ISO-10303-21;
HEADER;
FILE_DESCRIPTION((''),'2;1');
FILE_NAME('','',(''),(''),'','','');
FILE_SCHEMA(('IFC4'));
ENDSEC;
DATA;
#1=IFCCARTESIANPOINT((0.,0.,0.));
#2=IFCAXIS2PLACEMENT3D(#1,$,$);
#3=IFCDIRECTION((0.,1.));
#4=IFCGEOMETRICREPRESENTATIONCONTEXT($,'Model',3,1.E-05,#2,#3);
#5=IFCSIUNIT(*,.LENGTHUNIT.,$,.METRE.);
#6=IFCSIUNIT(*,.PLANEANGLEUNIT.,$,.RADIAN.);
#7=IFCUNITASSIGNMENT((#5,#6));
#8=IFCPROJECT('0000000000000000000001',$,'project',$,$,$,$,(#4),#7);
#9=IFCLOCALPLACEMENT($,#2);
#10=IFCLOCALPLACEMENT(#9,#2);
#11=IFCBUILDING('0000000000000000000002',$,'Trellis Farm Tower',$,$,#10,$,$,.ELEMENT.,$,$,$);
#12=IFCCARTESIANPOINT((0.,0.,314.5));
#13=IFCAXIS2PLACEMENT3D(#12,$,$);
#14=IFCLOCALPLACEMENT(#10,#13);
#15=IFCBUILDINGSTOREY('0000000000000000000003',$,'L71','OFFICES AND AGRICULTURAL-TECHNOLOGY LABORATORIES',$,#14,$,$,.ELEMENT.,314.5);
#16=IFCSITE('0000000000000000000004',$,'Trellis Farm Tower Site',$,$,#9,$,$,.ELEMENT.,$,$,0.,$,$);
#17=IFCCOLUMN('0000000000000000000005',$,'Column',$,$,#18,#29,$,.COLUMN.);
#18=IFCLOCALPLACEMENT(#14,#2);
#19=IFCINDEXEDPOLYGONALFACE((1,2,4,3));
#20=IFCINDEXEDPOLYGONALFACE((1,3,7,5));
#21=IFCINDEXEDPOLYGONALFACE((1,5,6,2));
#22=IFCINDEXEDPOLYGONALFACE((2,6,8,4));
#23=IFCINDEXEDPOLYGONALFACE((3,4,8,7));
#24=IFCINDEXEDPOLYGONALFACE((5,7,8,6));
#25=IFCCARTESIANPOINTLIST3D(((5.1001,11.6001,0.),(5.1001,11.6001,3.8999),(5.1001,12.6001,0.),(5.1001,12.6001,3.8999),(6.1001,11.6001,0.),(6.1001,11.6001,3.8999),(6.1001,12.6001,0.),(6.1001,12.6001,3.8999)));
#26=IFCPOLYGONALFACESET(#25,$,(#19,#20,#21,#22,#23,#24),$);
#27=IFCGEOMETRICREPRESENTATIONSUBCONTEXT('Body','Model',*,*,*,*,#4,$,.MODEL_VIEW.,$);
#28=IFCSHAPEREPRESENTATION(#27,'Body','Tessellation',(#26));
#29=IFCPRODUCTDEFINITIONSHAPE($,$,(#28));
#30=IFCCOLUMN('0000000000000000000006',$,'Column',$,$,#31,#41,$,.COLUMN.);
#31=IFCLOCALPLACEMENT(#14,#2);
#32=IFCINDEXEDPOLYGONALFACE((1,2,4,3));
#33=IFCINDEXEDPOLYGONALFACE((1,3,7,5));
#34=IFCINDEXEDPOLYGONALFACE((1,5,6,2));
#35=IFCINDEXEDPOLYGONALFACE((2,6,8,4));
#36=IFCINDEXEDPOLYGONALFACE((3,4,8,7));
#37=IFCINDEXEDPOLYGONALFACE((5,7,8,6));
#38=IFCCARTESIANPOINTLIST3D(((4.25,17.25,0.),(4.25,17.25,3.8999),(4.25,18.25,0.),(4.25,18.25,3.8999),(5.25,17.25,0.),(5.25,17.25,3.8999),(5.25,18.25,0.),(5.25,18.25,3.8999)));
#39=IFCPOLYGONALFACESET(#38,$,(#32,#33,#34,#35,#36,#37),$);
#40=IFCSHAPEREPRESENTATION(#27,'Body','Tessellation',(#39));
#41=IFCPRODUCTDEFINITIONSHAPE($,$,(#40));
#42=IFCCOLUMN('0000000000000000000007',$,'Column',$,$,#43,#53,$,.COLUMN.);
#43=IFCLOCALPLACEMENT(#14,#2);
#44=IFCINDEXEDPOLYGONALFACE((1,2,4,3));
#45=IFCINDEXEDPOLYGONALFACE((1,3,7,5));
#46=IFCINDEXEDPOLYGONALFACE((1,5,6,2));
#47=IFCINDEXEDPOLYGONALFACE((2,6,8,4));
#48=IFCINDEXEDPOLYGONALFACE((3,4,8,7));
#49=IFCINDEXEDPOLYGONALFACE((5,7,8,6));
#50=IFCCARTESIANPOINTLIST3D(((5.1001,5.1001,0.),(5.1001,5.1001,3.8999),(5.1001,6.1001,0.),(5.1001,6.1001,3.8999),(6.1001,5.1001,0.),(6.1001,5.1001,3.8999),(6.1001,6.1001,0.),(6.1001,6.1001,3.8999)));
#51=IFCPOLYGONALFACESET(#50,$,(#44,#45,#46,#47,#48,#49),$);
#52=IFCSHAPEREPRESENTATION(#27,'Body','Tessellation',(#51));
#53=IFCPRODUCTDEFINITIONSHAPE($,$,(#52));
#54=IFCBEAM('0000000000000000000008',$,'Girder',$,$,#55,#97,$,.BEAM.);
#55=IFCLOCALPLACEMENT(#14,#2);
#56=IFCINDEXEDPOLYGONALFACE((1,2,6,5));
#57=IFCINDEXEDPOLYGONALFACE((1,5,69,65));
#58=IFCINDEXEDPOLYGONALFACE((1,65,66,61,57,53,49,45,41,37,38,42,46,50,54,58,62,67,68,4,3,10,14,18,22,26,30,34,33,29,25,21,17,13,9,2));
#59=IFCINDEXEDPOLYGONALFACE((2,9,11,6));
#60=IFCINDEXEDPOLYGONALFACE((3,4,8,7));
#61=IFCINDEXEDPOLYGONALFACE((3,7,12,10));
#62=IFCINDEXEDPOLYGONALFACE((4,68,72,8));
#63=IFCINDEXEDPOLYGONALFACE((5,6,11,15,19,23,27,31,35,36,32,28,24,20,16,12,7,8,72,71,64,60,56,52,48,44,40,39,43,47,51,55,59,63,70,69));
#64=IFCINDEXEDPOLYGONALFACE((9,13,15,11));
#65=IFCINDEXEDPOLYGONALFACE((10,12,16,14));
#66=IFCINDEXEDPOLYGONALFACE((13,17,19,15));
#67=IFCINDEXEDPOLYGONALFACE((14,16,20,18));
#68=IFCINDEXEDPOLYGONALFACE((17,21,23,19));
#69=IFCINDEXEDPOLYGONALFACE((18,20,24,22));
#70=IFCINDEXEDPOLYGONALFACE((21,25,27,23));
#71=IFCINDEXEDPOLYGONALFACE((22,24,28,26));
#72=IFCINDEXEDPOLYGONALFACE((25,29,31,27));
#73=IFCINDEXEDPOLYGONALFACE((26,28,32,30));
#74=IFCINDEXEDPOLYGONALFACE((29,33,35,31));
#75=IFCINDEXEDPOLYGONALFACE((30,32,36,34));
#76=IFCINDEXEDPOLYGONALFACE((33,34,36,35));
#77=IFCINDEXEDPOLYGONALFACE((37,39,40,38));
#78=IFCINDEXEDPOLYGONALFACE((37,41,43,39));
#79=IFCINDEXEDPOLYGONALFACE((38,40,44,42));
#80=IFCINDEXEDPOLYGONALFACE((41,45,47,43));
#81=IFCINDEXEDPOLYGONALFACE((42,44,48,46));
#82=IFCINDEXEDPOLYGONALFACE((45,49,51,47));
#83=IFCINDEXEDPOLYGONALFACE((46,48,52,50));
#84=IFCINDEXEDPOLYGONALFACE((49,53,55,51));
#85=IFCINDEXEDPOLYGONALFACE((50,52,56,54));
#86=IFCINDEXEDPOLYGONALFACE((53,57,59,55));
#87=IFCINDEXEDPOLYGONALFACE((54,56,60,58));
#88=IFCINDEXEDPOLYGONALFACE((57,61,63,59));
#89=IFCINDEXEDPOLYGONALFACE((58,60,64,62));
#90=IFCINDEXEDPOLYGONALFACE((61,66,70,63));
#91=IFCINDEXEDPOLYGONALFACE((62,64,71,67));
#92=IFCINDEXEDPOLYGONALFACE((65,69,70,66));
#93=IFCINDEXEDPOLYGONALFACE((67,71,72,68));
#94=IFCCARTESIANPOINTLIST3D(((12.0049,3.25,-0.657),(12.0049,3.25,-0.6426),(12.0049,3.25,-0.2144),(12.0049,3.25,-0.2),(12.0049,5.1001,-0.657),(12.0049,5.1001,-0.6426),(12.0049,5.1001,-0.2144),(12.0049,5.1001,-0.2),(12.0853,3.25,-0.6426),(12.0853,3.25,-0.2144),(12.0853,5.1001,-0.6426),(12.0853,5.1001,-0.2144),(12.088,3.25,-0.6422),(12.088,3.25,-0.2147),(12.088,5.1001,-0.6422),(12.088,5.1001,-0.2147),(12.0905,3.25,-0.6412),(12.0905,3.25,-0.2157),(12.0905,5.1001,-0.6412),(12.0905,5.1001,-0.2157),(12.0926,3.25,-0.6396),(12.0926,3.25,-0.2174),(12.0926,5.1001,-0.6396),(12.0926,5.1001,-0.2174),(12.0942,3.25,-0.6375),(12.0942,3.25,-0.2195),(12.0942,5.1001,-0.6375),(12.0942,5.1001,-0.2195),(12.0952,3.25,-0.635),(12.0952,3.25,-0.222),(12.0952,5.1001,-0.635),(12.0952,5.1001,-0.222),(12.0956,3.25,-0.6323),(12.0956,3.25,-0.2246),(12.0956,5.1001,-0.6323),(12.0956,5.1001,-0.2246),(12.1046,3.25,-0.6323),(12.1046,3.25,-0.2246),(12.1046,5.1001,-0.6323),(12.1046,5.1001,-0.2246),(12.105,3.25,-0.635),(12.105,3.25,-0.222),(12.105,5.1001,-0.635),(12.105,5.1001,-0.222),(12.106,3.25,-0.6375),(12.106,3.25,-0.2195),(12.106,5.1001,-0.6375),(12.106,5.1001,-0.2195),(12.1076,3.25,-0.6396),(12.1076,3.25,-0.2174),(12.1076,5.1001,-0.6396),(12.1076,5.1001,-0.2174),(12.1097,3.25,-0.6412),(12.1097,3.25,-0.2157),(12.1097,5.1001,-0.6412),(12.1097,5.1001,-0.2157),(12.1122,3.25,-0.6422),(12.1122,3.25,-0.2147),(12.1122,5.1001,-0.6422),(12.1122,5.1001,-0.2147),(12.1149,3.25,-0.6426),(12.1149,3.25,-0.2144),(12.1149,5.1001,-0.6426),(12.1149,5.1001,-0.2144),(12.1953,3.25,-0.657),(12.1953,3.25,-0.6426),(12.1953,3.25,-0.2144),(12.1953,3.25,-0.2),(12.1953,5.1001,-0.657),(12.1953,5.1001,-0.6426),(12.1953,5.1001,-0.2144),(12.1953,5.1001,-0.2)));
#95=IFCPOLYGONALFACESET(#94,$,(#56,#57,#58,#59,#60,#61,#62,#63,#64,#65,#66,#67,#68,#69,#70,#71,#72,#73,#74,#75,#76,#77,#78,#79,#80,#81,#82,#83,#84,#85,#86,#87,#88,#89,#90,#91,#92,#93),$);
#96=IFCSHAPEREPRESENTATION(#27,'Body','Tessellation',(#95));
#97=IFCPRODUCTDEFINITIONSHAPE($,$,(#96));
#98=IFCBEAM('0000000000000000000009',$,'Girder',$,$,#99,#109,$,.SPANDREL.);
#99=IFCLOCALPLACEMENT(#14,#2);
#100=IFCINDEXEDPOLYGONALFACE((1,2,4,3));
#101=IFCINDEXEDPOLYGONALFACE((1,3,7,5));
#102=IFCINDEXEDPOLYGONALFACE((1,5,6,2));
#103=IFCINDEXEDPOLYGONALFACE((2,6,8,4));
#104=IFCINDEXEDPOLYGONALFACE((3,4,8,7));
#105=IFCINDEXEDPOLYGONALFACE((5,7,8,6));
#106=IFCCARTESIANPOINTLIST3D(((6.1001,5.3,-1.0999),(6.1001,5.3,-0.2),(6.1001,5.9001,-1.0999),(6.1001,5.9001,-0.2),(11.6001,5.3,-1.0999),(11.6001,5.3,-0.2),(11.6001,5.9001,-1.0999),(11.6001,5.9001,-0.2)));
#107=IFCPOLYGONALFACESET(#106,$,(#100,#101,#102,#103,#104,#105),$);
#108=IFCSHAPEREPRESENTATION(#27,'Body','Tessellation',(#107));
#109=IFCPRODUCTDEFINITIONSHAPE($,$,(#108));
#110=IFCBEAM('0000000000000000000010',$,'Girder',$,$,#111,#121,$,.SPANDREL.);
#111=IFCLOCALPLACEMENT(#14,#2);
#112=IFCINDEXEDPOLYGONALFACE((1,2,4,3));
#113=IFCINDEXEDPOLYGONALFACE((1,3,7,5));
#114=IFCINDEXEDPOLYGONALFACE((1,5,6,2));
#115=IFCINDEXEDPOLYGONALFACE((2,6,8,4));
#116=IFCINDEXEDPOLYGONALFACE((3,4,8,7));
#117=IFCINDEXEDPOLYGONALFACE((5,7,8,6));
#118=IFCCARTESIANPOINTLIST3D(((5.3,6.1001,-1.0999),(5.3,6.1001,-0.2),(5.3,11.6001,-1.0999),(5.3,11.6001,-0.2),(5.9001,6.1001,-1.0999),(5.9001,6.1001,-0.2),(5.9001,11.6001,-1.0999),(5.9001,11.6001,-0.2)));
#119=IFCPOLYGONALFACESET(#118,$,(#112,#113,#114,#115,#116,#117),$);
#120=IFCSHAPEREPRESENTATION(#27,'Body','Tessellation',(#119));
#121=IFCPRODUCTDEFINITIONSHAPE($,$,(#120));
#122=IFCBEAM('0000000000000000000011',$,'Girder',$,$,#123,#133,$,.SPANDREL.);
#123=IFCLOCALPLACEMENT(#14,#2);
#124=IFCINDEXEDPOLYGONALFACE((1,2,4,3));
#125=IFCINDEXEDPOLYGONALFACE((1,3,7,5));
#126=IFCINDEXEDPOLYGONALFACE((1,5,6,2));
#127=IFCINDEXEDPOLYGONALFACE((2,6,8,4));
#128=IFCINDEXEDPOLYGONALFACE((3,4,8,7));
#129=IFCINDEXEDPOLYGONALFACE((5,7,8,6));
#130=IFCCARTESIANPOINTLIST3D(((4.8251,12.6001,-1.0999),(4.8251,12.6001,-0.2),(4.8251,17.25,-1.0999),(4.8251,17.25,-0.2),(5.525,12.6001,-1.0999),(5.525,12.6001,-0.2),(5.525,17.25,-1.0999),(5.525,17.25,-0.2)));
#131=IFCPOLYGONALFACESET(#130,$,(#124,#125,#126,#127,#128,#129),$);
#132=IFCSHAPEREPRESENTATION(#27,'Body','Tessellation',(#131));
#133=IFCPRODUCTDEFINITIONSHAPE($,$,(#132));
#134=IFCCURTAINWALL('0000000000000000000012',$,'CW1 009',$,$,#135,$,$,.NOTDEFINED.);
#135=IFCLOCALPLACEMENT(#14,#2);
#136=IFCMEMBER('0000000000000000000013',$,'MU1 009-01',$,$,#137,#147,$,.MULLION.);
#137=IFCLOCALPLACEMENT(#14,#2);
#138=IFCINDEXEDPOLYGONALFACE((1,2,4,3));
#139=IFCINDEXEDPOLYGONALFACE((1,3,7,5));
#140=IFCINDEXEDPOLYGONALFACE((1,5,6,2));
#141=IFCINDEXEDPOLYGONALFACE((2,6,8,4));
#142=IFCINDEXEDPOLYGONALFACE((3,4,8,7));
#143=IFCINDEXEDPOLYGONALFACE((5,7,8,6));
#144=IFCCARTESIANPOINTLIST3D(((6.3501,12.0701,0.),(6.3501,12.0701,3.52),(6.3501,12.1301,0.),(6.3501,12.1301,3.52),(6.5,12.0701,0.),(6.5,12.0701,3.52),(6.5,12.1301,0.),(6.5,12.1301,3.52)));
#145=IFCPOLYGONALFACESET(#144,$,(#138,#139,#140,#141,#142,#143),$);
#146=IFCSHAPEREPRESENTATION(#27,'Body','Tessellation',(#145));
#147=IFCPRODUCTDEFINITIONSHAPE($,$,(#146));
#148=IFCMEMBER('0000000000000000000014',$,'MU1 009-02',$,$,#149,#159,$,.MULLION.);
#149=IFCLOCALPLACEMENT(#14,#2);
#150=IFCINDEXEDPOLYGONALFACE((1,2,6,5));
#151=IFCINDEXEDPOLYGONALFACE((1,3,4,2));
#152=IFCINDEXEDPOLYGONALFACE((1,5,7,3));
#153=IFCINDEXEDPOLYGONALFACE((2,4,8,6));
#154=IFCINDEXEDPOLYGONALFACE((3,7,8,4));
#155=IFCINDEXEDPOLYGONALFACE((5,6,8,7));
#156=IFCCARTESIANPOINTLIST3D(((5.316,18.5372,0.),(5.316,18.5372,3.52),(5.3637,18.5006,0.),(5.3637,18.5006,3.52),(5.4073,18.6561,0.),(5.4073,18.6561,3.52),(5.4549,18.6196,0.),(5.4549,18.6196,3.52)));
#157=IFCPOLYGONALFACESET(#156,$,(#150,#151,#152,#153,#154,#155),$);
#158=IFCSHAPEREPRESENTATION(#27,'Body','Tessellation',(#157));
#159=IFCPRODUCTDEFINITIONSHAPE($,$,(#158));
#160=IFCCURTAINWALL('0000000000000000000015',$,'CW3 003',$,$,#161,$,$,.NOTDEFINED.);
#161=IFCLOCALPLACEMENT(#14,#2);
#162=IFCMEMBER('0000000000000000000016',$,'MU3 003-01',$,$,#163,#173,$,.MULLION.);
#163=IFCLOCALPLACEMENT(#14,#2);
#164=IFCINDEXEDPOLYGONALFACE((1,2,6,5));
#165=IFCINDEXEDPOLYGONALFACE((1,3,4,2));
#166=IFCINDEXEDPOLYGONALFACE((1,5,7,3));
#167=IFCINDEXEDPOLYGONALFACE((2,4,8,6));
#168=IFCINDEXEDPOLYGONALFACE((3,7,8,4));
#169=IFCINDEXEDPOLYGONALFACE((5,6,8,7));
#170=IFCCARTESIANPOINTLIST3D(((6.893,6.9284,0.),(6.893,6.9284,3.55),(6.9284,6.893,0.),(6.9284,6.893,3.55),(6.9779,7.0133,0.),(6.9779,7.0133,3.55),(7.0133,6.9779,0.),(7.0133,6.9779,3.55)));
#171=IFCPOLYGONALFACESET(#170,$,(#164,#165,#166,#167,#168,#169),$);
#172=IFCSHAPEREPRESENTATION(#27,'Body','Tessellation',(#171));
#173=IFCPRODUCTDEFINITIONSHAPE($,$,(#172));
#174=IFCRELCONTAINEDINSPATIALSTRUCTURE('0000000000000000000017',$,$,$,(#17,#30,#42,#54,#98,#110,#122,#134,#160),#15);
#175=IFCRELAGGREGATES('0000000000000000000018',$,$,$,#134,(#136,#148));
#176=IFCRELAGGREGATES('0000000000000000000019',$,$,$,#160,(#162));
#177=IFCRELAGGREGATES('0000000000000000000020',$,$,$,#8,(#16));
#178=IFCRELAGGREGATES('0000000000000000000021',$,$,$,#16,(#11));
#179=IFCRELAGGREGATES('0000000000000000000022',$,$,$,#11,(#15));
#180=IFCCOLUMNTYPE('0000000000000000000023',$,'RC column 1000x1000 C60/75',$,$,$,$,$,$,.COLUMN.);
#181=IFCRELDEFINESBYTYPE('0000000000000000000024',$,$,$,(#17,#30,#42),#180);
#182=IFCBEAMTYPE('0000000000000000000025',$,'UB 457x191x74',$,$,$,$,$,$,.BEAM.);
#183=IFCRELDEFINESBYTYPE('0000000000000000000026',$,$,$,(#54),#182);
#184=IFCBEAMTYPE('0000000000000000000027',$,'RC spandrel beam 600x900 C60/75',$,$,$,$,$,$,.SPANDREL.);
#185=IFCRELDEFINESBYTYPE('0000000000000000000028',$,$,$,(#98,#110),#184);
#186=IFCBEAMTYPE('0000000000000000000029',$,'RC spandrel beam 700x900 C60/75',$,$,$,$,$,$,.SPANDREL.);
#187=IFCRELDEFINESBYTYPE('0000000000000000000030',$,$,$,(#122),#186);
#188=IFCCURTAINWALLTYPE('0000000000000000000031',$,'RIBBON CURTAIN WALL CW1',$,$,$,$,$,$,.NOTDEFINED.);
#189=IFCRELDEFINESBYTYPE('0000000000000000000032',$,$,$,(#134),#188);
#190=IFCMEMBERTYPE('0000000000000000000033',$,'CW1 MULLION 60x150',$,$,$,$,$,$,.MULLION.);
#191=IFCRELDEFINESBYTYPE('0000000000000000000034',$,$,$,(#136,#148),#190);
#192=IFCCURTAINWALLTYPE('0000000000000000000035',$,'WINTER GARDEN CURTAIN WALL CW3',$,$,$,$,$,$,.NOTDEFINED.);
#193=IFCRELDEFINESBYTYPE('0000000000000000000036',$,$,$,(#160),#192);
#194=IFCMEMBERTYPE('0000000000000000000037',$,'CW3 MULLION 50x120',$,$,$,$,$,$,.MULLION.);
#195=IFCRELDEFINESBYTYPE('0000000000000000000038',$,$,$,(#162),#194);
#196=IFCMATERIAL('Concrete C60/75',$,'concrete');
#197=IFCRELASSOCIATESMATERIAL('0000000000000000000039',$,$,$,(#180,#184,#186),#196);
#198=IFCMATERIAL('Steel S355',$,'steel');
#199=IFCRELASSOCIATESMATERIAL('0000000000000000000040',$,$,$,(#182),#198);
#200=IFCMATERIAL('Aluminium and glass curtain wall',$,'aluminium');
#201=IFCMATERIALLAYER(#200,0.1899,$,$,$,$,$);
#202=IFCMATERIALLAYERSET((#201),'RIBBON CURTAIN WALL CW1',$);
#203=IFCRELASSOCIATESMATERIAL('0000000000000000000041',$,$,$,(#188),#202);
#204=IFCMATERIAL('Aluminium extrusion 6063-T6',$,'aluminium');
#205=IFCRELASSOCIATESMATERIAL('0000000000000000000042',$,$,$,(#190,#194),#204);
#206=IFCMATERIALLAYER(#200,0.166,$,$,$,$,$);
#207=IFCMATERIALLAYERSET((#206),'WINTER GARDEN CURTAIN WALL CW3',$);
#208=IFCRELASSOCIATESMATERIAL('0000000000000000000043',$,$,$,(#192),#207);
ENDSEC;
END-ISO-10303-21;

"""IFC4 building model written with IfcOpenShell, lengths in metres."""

from ifc_helpers import new_model, si_unit, direction, frame, origin, origin_2d, place, context, subcontext, project, spatial, rectangle, i_section, extrude, source, transform, mapped, material, layer, layer_set, material_profile, profile_set, type_object, element, aggregate, save


model = new_model("IFC4")

# Units and contexts
model_context = context("Model", 3, precision=1e-05, world=origin(), true_north=direction((0.0, 1.0)))
body_context = subcontext(model_context, "Body", "Model", "MODEL_VIEW")
ifc_project = project(units=[si_unit("LENGTHUNIT", "METRE"), si_unit("PLANEANGLEUNIT", "RADIAN")], contexts=[model_context])

# Site, building, storey
site_placement = place(None, origin())
site = spatial("IfcSite", under=ifc_project, at=site_placement, Name="Trellis Farm Tower Site", CompositionType="ELEMENT", RefElevation=0.0)
building_placement = place(site_placement, origin())
building = spatial("IfcBuilding", under=site, at=building_placement, Name="Trellis Farm Tower", CompositionType="ELEMENT")
storey_placement = place(building_placement, frame((0.0, 0.0, 314.5)))
storey = spatial("IfcBuildingStorey", under=building, at=storey_placement, Name="L71", Description="OFFICES AND AGRICULTURAL-TECHNOLOGY LABORATORIES", CompositionType="ELEMENT", Elevation=314.5)

# Columns
ifc_material_1 = material(Name="Concrete C60/75", Category="concrete")
ifc_material_profile_1 = material_profile(ifc_material_1, rectangle(XDim=1.0, YDim=1.0, at=origin_2d()), Name="RC column 1000x1000 C60/75")
ifc_profile_set_1 = profile_set([ifc_material_profile_1], Name="Concrete C60/75")
column_type = type_object("IfcColumnType", Name="RC column 1000x1000 C60/75", PredefinedType="COLUMN", material=ifc_profile_set_1)
shared_shape_1 = source(origin(), body_context, "Body", "SweptSolid", [
    extrude(rectangle(XDim=1.0, YDim=1.0, at=origin_2d()), origin(), (0.0, 0.0, 1.0), 3.8999),
])
for number, where, z_axis, x_axis, name in (
    (1, (5.6001, 12.1001, 0.0), (0.0, 0.0, 1.0), (1.0, 0.0, 0.0), "Column"),
    (2, (4.75, 17.75, 0.0), (0.0, 0.0, 1.0), (1.0, 0.0, 0.0), "Column"),
    (3, (5.6001, 5.6001, 0.0), (0.0, 0.0, 1.0), (1.0, 0.0, 0.0), "Column"),
):
    element("IfcColumn", number, at=place(storey_placement, frame(where, z_axis=z_axis, x_axis=x_axis)), inside=storey, type_object=column_type, Name=name, PredefinedType="COLUMN", context=body_context, shape_type="MappedRepresentation", body=[
        mapped(shared_shape_1, transform((0.0, 0.0, 0.0))),
    ])

# Beams
ifc_material_2 = material(Name="Steel S355", Category="steel")
ifc_material_profile_2 = material_profile(ifc_material_2, i_section(OverallWidth=0.1904, OverallDepth=0.457, WebThickness=0.009, FlangeThickness=0.0144, FilletRadius=0.0103, at=origin_2d()), Name="UB 457x191x74")
ifc_profile_set_2 = profile_set([ifc_material_profile_2], Name="Steel S355")
beam_type_1 = type_object("IfcBeamType", Name="UB 457x191x74", PredefinedType="BEAM", material=ifc_profile_set_2)
shared_shape_2 = source(origin(), body_context, "Body", "SweptSolid", [
    extrude(i_section(OverallWidth=0.1904, OverallDepth=0.457, WebThickness=0.009, FlangeThickness=0.0144, FilletRadius=0.0103, at=origin_2d()), origin(), (0.0, 0.0, 1.0), 1.8501),
])
beam_1_placement = place(storey_placement, frame((12.1001, 3.25, -0.4285), z_axis=(0.0, 1.0, 0.0), x_axis=(-1.0, 0.0, 0.0)))
element("IfcBeam", 4, at=beam_1_placement, inside=storey, type_object=beam_type_1, Name="Girder", PredefinedType="BEAM", context=body_context, shape_type="MappedRepresentation", body=[
    mapped(shared_shape_2, transform((0.0, 0.0, 0.0))),
])
ifc_material_profile_3 = material_profile(ifc_material_1, rectangle(XDim=0.6001, YDim=0.8999, at=origin_2d()), Name="RC spandrel beam 600x900 C60/75")
ifc_profile_set_3 = profile_set([ifc_material_profile_3], Name="Concrete C60/75")
beam_type_2 = type_object("IfcBeamType", Name="RC spandrel beam 600x900 C60/75", PredefinedType="SPANDREL", material=ifc_profile_set_3)
shared_shape_3 = source(origin(), body_context, "Body", "SweptSolid", [
    extrude(rectangle(XDim=0.6001, YDim=0.8999, at=origin_2d()), origin(), (0.0, 0.0, 1.0), 5.5),
])
for number, where, z_axis, x_axis, name in (
    (5, (6.1001, 5.6001, -0.6499), (1.0, 0.0, 0.0), (0.0, 1.0, 0.0), "Girder"),
    (6, (5.6001, 6.1001, -0.6499), (0.0, 1.0, 0.0), (-1.0, 0.0, 0.0), "Girder"),
):
    element("IfcBeam", number, at=place(storey_placement, frame(where, z_axis=z_axis, x_axis=x_axis)), inside=storey, type_object=beam_type_2, Name=name, PredefinedType="SPANDREL", context=body_context, shape_type="MappedRepresentation", body=[
        mapped(shared_shape_3, transform((0.0, 0.0, 0.0))),
    ])
ifc_material_profile_4 = material_profile(ifc_material_1, rectangle(XDim=0.7, YDim=0.8999, at=origin_2d()), Name="RC spandrel beam 700x900 C60/75")
ifc_profile_set_4 = profile_set([ifc_material_profile_4], Name="Concrete C60/75")
beam_type_3 = type_object("IfcBeamType", Name="RC spandrel beam 700x900 C60/75", PredefinedType="SPANDREL", material=ifc_profile_set_4)
shared_shape_4 = source(origin(), body_context, "Body", "SweptSolid", [
    extrude(rectangle(XDim=0.7, YDim=0.8999, at=origin_2d()), origin(), (0.0, 0.0, 1.0), 4.6499),
])
beam_2_placement = place(storey_placement, frame((5.175, 12.6001, -0.6499), z_axis=(0.0, 1.0, 0.0), x_axis=(-1.0, 0.0, 0.0)))
element("IfcBeam", 7, at=beam_2_placement, inside=storey, type_object=beam_type_3, Name="Girder", PredefinedType="SPANDREL", context=body_context, shape_type="MappedRepresentation", body=[
    mapped(shared_shape_4, transform((0.0, 0.0, 0.0))),
])

# Curtain wall, members
ifc_material_3 = material(Name="Aluminium and glass curtain wall", Category="aluminium")
ifc_layer_1 = layer(ifc_material_3, 0.1899)
ifc_layer_set_1 = layer_set([ifc_layer_1], Name="RIBBON CURTAIN WALL CW1")
curtain_wall_type_1 = type_object("IfcCurtainWallType", Name="RIBBON CURTAIN WALL CW1", PredefinedType="NOTDEFINED", material=ifc_layer_set_1)
placement = place(storey_placement, origin())
curtain_wall_1 = element("IfcCurtainWall", 8, at=placement, inside=storey, type_object=curtain_wall_type_1, Name="CW1 009", PredefinedType="NOTDEFINED")
ifc_material_4 = material(Name="Aluminium extrusion 6063-T6", Category="aluminium")
ifc_material_profile_5 = material_profile(ifc_material_4, rectangle(XDim=0.0601, YDim=0.1499, at=origin_2d()), Name="MULLION 60x150")
ifc_profile_set_5 = profile_set([ifc_material_profile_5], Name="Aluminium extrusion 6063-T6")
member_type_1 = type_object("IfcMemberType", Name="CW1 MULLION 60x150", PredefinedType="MULLION", material=ifc_profile_set_5)
shared_shape_5 = source(origin(), body_context, "Body", "SweptSolid", [
    extrude(rectangle(XDim=0.0601, YDim=0.1499, at=origin_2d()), origin(), (0.0, 0.0, 1.0), 3.52),
])
member_1_placement = place(storey_placement, frame((6.425, 12.1001, 0.0), z_axis=(0.0, 0.0, 1.0), x_axis=(0.0, 1.0, 0.0)))
member_1 = element("IfcMember", 9, at=member_1_placement, type_object=member_type_1, Name="MU1 009-01", PredefinedType="MULLION", context=body_context, shape_type="MappedRepresentation", body=[
    mapped(shared_shape_5, transform((0.0, 0.0, 0.0))),
])
member_2_placement = place(storey_placement, frame((5.3855, 18.5784, 0.0), z_axis=(0.0, 0.0, 1.0), x_axis=(-0.793353, 0.608761, 0.0)))
member_2 = element("IfcMember", 10, at=member_2_placement, type_object=member_type_1, Name="MU1 009-02", PredefinedType="MULLION", context=body_context, shape_type="MappedRepresentation", body=[
    mapped(shared_shape_5, transform((0.0, 0.0, 0.0))),
])
aggregate(curtain_wall_1, [member_1, member_2])

# Curtain wall, member
ifc_layer_2 = layer(ifc_material_3, 0.166)
ifc_layer_set_2 = layer_set([ifc_layer_2], Name="WINTER GARDEN CURTAIN WALL CW3")
curtain_wall_type_2 = type_object("IfcCurtainWallType", Name="WINTER GARDEN CURTAIN WALL CW3", PredefinedType="NOTDEFINED", material=ifc_layer_set_2)
curtain_wall_2 = element("IfcCurtainWall", 11, at=placement, inside=storey, type_object=curtain_wall_type_2, Name="CW3 003", PredefinedType="NOTDEFINED")
ifc_material_profile_6 = material_profile(ifc_material_4, rectangle(XDim=0.05, YDim=0.1201, at=origin_2d()), Name="MULLION 50x120")
ifc_profile_set_6 = profile_set([ifc_material_profile_6], Name="Aluminium extrusion 6063-T6")
member_type_2 = type_object("IfcMemberType", Name="CW3 MULLION 50x120", PredefinedType="MULLION", material=ifc_profile_set_6)
shared_shape_6 = source(origin(), body_context, "Body", "SweptSolid", [
    extrude(rectangle(XDim=0.05, YDim=0.1201, at=origin_2d()), origin(), (0.0, 0.0, 1.0), 3.55),
])
member_3_placement = place(storey_placement, frame((6.9531, 6.9531, 0.0), z_axis=(0.0, 0.0, 1.0), x_axis=(-0.707107, 0.707107, 0.0)))
member_3 = element("IfcMember", 12, at=member_3_placement, type_object=member_type_2, Name="MU3 003-01", PredefinedType="MULLION", context=body_context, shape_type="MappedRepresentation", body=[
    mapped(shared_shape_6, transform((0.0, 0.0, 0.0))),
])
aggregate(curtain_wall_2, [member_3])

save(model, "model.ifc")
